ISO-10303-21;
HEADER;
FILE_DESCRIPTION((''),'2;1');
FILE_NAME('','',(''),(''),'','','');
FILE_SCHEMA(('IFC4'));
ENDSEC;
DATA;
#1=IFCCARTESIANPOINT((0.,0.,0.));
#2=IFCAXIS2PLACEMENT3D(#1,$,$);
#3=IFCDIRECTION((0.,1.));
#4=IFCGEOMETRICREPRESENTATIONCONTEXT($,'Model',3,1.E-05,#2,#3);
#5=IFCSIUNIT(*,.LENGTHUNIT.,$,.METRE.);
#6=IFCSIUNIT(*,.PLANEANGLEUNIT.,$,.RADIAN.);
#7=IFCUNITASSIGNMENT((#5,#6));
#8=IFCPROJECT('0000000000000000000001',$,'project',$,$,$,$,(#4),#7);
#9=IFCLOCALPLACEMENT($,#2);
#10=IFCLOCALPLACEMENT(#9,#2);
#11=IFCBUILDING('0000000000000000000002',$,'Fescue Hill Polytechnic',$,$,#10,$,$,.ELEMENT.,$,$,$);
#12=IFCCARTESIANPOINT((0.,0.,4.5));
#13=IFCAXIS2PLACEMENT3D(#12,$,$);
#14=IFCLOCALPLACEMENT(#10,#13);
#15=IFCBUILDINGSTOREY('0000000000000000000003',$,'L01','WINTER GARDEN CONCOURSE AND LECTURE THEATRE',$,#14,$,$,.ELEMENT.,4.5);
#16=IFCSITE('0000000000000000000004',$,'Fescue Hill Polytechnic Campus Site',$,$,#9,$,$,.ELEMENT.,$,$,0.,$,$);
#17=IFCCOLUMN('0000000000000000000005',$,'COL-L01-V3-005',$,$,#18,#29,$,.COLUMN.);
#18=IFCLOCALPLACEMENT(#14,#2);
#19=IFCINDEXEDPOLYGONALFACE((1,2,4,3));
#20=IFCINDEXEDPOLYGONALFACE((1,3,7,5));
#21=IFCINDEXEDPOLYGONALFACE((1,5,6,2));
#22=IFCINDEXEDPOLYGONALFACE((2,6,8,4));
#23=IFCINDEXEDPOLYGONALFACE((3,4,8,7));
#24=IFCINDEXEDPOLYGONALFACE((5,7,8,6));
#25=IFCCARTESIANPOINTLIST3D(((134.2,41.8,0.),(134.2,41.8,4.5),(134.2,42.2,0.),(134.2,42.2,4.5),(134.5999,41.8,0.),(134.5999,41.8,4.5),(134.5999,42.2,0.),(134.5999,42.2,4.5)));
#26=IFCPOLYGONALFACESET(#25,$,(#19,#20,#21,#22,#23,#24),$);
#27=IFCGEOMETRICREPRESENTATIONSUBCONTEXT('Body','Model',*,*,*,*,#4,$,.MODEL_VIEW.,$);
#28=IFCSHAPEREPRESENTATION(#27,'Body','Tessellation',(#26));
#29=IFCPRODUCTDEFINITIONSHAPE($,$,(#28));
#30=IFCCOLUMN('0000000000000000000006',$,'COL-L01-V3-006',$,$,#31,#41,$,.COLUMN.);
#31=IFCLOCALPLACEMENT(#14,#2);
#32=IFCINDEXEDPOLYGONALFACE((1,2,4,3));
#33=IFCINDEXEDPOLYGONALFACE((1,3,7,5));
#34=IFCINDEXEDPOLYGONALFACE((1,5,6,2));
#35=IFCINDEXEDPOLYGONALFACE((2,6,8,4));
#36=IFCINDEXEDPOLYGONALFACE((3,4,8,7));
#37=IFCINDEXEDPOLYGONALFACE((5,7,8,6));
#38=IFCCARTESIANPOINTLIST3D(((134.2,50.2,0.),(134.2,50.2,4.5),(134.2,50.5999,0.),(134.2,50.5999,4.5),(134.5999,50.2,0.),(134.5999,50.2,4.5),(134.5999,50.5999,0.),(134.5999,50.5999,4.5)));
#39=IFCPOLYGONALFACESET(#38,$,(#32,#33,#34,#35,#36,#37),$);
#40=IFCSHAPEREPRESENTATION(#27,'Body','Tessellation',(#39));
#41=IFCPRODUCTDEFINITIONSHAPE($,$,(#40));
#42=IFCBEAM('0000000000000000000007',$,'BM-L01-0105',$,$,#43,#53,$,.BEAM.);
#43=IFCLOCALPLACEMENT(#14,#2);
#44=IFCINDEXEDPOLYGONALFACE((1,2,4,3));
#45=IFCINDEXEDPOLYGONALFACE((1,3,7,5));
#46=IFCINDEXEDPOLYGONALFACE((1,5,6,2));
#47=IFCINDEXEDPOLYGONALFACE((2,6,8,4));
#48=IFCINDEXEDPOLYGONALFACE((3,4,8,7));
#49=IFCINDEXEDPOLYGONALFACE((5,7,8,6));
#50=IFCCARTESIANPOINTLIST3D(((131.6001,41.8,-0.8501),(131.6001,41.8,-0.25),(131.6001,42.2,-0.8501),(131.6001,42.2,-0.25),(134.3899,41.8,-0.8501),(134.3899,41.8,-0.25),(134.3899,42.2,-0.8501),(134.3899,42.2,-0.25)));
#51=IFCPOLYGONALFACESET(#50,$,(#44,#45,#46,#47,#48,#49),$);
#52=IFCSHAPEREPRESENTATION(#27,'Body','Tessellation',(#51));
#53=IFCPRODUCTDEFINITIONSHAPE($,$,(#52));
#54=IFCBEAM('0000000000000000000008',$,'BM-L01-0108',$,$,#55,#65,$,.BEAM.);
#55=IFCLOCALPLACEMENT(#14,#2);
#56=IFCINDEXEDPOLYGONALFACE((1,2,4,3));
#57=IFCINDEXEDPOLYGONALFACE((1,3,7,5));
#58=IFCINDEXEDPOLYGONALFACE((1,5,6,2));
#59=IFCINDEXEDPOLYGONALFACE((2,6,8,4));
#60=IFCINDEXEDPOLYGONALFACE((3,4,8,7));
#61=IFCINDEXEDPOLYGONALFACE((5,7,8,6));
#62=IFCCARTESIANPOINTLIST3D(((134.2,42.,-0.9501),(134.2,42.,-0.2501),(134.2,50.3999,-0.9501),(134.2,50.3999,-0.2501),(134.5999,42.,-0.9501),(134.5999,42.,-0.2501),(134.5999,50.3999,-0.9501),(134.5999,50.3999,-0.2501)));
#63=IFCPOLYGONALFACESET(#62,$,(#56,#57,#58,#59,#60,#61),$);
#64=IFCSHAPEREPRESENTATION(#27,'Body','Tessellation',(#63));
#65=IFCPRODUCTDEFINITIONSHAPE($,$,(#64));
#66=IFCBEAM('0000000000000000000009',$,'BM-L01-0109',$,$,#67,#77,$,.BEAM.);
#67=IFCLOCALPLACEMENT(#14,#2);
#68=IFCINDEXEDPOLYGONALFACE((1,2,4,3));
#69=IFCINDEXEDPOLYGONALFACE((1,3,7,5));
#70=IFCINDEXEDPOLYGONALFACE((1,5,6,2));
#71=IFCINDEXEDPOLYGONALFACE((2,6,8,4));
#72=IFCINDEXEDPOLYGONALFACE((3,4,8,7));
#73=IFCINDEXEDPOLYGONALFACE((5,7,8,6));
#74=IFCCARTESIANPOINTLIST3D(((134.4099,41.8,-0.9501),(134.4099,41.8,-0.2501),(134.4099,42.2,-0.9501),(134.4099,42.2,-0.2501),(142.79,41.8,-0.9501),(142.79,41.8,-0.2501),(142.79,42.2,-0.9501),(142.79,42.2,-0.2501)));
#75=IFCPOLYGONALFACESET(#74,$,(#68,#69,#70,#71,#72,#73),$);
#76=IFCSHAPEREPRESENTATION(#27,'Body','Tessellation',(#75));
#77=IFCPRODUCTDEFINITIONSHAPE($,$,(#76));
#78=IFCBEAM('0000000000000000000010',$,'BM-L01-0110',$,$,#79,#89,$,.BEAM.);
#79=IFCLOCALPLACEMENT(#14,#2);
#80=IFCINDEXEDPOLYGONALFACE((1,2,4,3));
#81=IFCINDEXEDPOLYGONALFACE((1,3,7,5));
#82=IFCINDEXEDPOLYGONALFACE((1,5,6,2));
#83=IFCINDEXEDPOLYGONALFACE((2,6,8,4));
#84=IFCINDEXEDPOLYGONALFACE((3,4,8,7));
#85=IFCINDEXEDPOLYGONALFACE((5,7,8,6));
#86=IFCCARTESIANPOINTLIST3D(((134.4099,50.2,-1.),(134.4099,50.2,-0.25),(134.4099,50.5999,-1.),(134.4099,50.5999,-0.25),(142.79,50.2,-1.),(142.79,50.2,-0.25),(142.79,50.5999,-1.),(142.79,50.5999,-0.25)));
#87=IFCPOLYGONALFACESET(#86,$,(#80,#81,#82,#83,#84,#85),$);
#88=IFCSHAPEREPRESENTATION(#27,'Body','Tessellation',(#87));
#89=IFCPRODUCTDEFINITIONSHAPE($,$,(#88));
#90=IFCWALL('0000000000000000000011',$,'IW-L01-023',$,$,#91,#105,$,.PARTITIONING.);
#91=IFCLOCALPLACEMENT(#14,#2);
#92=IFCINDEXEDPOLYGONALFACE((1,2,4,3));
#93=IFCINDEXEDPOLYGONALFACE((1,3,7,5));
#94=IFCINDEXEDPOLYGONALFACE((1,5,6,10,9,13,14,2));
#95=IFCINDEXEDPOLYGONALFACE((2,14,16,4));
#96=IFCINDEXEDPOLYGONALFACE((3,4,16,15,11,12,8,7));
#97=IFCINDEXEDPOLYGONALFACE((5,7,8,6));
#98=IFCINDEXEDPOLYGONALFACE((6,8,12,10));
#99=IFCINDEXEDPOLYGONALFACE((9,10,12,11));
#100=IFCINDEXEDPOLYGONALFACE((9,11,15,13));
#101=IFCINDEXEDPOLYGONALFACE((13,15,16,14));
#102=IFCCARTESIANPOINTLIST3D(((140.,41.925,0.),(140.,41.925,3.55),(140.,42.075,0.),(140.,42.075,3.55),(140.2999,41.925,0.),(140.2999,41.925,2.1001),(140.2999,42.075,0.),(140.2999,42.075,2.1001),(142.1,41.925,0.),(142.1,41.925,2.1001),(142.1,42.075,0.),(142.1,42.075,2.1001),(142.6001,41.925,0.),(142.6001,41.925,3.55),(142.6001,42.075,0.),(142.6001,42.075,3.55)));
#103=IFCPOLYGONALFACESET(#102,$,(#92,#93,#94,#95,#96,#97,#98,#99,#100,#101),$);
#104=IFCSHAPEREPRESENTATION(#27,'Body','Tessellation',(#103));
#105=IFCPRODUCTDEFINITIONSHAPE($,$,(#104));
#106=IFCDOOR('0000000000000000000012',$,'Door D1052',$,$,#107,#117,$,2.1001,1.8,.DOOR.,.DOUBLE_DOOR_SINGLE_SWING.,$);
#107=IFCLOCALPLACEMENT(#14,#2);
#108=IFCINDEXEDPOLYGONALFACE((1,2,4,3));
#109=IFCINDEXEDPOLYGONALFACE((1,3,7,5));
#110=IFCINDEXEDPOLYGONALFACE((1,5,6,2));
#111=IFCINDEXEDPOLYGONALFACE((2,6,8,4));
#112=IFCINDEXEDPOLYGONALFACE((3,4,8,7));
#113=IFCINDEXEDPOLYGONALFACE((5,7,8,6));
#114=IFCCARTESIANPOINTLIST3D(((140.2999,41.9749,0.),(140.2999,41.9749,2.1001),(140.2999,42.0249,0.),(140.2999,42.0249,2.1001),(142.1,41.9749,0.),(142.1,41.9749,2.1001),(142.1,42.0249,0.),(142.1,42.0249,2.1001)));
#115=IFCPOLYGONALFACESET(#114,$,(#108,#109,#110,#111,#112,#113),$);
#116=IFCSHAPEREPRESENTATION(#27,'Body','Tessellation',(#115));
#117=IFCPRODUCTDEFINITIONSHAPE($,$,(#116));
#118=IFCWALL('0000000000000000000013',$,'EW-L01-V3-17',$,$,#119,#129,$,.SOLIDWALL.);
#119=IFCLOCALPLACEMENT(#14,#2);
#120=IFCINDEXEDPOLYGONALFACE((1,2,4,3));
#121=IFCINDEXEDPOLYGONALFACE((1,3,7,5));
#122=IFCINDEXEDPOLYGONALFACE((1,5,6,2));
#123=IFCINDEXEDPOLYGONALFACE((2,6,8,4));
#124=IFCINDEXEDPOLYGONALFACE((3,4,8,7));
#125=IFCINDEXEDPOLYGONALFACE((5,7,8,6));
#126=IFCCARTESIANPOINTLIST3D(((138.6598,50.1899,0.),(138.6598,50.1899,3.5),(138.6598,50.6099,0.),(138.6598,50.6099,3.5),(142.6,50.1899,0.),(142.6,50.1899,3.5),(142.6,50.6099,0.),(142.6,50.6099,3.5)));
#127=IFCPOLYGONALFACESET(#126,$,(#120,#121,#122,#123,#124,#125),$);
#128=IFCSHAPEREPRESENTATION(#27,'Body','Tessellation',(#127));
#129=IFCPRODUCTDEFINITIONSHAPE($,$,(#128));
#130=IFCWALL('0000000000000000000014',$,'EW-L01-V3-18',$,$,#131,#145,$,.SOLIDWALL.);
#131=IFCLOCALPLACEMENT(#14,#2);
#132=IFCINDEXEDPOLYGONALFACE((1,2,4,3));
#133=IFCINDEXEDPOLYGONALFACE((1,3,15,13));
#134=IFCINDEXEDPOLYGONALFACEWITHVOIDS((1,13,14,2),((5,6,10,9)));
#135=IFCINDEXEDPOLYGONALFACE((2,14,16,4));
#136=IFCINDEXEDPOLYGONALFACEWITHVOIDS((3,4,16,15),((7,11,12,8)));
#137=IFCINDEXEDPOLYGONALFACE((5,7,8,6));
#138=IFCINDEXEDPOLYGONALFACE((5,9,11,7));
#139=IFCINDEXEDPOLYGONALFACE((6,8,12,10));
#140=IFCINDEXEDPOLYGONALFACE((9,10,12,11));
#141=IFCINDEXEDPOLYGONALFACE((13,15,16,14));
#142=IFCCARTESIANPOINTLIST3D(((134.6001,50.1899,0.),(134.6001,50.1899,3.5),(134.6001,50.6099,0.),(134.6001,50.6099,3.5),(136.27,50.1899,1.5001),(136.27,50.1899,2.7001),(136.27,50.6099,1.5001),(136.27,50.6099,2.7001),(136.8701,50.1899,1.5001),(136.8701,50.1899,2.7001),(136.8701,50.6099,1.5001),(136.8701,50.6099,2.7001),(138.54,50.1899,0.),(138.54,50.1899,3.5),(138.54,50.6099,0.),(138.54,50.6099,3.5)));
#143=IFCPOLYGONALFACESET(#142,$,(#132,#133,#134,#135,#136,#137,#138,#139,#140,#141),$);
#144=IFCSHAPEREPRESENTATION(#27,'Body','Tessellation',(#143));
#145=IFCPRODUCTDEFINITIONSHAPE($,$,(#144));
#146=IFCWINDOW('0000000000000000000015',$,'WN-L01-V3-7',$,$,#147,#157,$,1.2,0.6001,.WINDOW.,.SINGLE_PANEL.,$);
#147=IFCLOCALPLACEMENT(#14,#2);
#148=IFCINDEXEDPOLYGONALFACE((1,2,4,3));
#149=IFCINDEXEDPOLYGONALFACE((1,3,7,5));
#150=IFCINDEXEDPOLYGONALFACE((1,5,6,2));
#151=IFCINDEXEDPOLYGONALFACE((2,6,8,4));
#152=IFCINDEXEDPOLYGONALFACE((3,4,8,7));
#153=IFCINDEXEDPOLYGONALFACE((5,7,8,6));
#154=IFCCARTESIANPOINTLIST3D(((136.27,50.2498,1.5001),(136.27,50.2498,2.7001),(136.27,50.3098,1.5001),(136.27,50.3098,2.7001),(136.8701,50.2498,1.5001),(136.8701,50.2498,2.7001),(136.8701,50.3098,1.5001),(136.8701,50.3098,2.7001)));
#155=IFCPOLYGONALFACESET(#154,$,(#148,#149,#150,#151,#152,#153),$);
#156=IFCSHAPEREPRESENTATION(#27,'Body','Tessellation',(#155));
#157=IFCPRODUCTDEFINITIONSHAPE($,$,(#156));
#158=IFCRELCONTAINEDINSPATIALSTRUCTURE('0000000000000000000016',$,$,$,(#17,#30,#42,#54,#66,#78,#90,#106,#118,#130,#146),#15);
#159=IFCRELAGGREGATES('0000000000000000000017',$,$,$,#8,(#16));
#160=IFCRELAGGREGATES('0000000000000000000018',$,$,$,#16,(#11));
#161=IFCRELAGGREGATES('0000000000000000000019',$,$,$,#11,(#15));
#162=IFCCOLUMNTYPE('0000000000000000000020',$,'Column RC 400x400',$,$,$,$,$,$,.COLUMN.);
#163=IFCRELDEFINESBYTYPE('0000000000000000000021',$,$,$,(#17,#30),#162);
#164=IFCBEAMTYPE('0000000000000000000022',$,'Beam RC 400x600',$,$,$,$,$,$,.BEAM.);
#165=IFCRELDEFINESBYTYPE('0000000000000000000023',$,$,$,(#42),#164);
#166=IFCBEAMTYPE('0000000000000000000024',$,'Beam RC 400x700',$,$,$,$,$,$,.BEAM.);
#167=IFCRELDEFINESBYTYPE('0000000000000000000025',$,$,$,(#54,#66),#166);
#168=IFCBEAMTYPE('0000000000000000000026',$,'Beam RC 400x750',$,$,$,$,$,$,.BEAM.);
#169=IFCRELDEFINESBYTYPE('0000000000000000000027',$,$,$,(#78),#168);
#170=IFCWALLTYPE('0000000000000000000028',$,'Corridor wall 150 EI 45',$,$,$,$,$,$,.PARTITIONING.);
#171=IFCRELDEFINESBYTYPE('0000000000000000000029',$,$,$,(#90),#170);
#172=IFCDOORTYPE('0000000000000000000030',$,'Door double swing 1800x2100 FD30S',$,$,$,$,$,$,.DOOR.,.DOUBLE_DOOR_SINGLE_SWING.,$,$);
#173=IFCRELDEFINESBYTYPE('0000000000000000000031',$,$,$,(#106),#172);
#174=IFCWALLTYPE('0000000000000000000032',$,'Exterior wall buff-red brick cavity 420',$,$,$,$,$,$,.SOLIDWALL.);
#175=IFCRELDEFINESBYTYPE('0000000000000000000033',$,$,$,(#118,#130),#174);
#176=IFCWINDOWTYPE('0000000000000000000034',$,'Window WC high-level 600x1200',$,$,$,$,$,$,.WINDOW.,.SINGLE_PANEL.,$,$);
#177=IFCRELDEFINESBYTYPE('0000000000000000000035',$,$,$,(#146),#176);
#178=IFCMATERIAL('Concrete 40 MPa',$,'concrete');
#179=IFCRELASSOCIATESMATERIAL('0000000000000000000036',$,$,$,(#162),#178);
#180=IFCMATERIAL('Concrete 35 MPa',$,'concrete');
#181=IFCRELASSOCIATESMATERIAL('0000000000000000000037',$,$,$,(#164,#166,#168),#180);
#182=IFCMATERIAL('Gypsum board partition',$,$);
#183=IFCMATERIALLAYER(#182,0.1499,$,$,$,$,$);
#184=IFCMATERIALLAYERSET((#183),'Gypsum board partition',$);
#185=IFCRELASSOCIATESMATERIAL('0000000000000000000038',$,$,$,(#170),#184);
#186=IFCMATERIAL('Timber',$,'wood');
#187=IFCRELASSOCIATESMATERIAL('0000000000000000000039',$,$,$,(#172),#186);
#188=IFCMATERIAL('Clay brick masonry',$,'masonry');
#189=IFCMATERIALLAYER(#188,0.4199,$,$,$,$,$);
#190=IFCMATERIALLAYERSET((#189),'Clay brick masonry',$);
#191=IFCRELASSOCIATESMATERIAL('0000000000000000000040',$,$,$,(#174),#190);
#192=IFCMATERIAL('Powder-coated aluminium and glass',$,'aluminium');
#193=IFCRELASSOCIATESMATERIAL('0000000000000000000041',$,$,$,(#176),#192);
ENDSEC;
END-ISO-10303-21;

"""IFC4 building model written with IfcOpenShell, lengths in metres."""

from ifc_helpers import new_model, si_unit, direction, frame, frame_2d, origin, origin_2d, place, context, subcontext, project, spatial, rectangle, extrude, material, layer, layer_set, material_profile, profile_set, type_object, element, fill, save


model = new_model("IFC4")

# Units and contexts
model_context = context("Model", 3, precision=1e-05, world=origin(), true_north=direction((0.0, 1.0)))
body_context = subcontext(model_context, "Body", "Model", "MODEL_VIEW")
ifc_project = project(units=[si_unit("LENGTHUNIT", "METRE"), si_unit("PLANEANGLEUNIT", "RADIAN")], contexts=[model_context])

# Site, building, storey
site_placement = place(None, origin())
site = spatial("IfcSite", under=ifc_project, at=site_placement, Name="Fescue Hill Polytechnic Campus Site", CompositionType="ELEMENT", RefElevation=0.0)
building_placement = place(site_placement, origin())
building = spatial("IfcBuilding", under=site, at=building_placement, Name="Fescue Hill Polytechnic", CompositionType="ELEMENT")
storey_placement = place(building_placement, frame((0.0, 0.0, 4.5)))
storey = spatial("IfcBuildingStorey", under=building, at=storey_placement, Name="L01", Description="WINTER GARDEN CONCOURSE AND LECTURE THEATRE", CompositionType="ELEMENT", Elevation=4.5)

# Columns
ifc_material_1 = material(Name="Concrete 40 MPa", Category="concrete")
ifc_material_profile_1 = material_profile(ifc_material_1, rectangle(XDim=0.3999, YDim=0.3999, at=origin_2d()), Name="RC 400x400")
ifc_profile_set_1 = profile_set([ifc_material_profile_1], Name="Concrete 40 MPa")
column_type = type_object("IfcColumnType", Name="Column RC 400x400", PredefinedType="COLUMN", material=ifc_profile_set_1)
for number, where, z_axis, x_axis, name in (
    (1, (134.3999, 42.0, 0.0), (0.0, 0.0, 1.0), (1.0, 0.0, 0.0), "COL-L01-V3-005"),
    (2, (134.3999, 50.3999, 0.0), (0.0, 0.0, 1.0), (1.0, 0.0, 0.0), "COL-L01-V3-006"),
):
    element("IfcColumn", number, at=place(storey_placement, frame(where, z_axis=z_axis, x_axis=x_axis)), inside=storey, type_object=column_type, Name=name, PredefinedType="COLUMN", context=body_context, shape_type="SweptSolid", body=[
        extrude(rectangle(XDim=0.3999, YDim=0.3999, at=origin_2d()), origin(), (0.0, 0.0, 1.0), 4.5),
    ])

# Beams
ifc_material_2 = material(Name="Concrete 35 MPa", Category="concrete")
ifc_material_profile_2 = material_profile(ifc_material_2, rectangle(XDim=0.3999, YDim=0.6001, at=origin_2d()), Name="RC 400x600")
ifc_profile_set_2 = profile_set([ifc_material_profile_2], Name="Concrete 35 MPa")
beam_type_1 = type_object("IfcBeamType", Name="Beam RC 400x600", PredefinedType="BEAM", material=ifc_profile_set_2)
beam_1_placement = place(storey_placement, frame((131.6001, 42.0, -0.55), z_axis=(1.0, 0.0, 0.0), x_axis=(0.0, 1.0, 0.0)))
element("IfcBeam", 3, at=beam_1_placement, inside=storey, type_object=beam_type_1, Name="BM-L01-0105", PredefinedType="BEAM", context=body_context, shape_type="SweptSolid", body=[
    extrude(rectangle(XDim=0.3999, YDim=0.6001, at=origin_2d()), origin(), (0.0, 0.0, 1.0), 2.7898),
])
ifc_material_profile_3 = material_profile(ifc_material_2, rectangle(XDim=0.3999, YDim=0.7, at=origin_2d()), Name="RC 400x700")
ifc_profile_set_3 = profile_set([ifc_material_profile_3], Name="Concrete 35 MPa")
beam_type_2 = type_object("IfcBeamType", Name="Beam RC 400x700", PredefinedType="BEAM", material=ifc_profile_set_3)
beam_2_placement = place(storey_placement, frame((134.3999, 42.0, -0.6001), z_axis=(0.0, 1.0, 0.0), x_axis=(-1.0, 0.0, 0.0)))
element("IfcBeam", 4, at=beam_2_placement, inside=storey, type_object=beam_type_2, Name="BM-L01-0108", PredefinedType="BEAM", context=body_context, shape_type="SweptSolid", body=[
    extrude(rectangle(XDim=0.3999, YDim=0.7, at=origin_2d()), origin(), (0.0, 0.0, 1.0), 8.3999),
])
beam_3_placement = place(storey_placement, frame((134.4099, 42.0, -0.6001), z_axis=(1.0, 0.0, 0.0), x_axis=(0.0, 1.0, 0.0)))
element("IfcBeam", 5, at=beam_3_placement, inside=storey, type_object=beam_type_2, Name="BM-L01-0109", PredefinedType="BEAM", context=body_context, shape_type="SweptSolid", body=[
    extrude(rectangle(XDim=0.3999, YDim=0.7, at=origin_2d()), origin(), (0.0, 0.0, 1.0), 8.3801),
])
ifc_material_profile_4 = material_profile(ifc_material_2, rectangle(XDim=0.3999, YDim=0.75, at=origin_2d()), Name="RC 400x750")
ifc_profile_set_4 = profile_set([ifc_material_profile_4], Name="Concrete 35 MPa")
beam_type_3 = type_object("IfcBeamType", Name="Beam RC 400x750", PredefinedType="BEAM", material=ifc_profile_set_4)
beam_4_placement = place(storey_placement, frame((134.4099, 50.3999, -0.625), z_axis=(1.0, 0.0, 0.0), x_axis=(0.0, 1.0, 0.0)))
element("IfcBeam", 6, at=beam_4_placement, inside=storey, type_object=beam_type_3, Name="BM-L01-0110", PredefinedType="BEAM", context=body_context, shape_type="SweptSolid", body=[
    extrude(rectangle(XDim=0.3999, YDim=0.75, at=origin_2d()), origin(), (0.0, 0.0, 1.0), 8.3801),
])

# Wall, opening, door
ifc_material_3 = material(Name="Gypsum board partition")
ifc_layer_1 = layer(ifc_material_3, 0.1499)
ifc_layer_set_1 = layer_set([ifc_layer_1], Name="Gypsum board partition")
wall_type_1 = type_object("IfcWallType", Name="Corridor wall 150 EI 45", PredefinedType="PARTITIONING", material=ifc_layer_set_1)
wall_1_placement = place(storey_placement, frame((140.0, 42.0, 0.0), z_axis=(0.0, 0.0, 1.0), x_axis=(1.0, 0.0, 0.0)))
wall_1 = element("IfcWall", 7, at=wall_1_placement, inside=storey, type_object=wall_type_1, Name="IW-L01-023", PredefinedType="PARTITIONING", context=body_context, shape_type="SweptSolid", body=[
    extrude(rectangle(XDim=2.6001, YDim=0.1499, at=frame_2d((1.3, 0.0))), origin(), (0.0, 0.0, 1.0), 3.55),
])
opening_1_placement = place(wall_1_placement, frame((0.3, 0.0, 0.0)))
opening_1 = element("IfcOpeningElement", 8, at=opening_1_placement, cuts=wall_1, PredefinedType="OPENING", context=body_context, shape_type="SweptSolid", body=[
    extrude(rectangle(XDim=1.8, YDim=2.1001, at=frame_2d((0.8999, 1.05))), frame((0.0, 0.085, 0.0), z_axis=(0.0, -1.0, 0.0), x_axis=(1.0, 0.0, 0.0)), (0.0, 0.0, 1.0), 0.1699),
])
ifc_material_4 = material(Name="Timber", Category="wood")
door_type_1 = type_object("IfcDoorType", Name="Door double swing 1800x2100 FD30S", OperationType="DOUBLE_DOOR_SINGLE_SWING", PredefinedType="DOOR", material=ifc_material_4)
door_1_placement = place(opening_1_placement, origin())
door_1 = element("IfcDoor", 9, at=door_1_placement, inside=storey, type_object=door_type_1, Name="Door D1052", OperationType="DOUBLE_DOOR_SINGLE_SWING", OverallHeight=2.1001, OverallWidth=1.8, PredefinedType="DOOR", context=body_context, shape_type="SweptSolid", body=[
    extrude(rectangle(XDim=1.8, YDim=2.1001, at=frame_2d((0.8999, 1.05))), frame((0.0, 0.0249, 0.0), z_axis=(0.0, -1.0, 0.0), x_axis=(1.0, 0.0, 0.0)), (0.0, 0.0, 1.0), 0.05),
])
fill(opening_1, door_1)

# Wall
ifc_material_5 = material(Name="Clay brick masonry", Category="masonry")
ifc_layer_2 = layer(ifc_material_5, 0.4199)
ifc_layer_set_2 = layer_set([ifc_layer_2], Name="Clay brick masonry")
wall_type_2 = type_object("IfcWallType", Name="Exterior wall buff-red brick cavity 420", PredefinedType="SOLIDWALL", material=ifc_layer_set_2)
wall_2_placement = place(storey_placement, frame((142.6001, 50.3999, 0.0), z_axis=(0.0, 0.0, 1.0), x_axis=(-1.0, 0.0, 0.0)))
element("IfcWall", 10, at=wall_2_placement, inside=storey, type_object=wall_type_2, Name="EW-L01-V3-17", PredefinedType="SOLIDWALL", context=body_context, shape_type="SweptSolid", body=[
    extrude(rectangle(XDim=3.9402, YDim=0.4199, at=frame_2d((1.9702, 0.0))), origin(), (0.0, 0.0, 1.0), 3.5),
])

# Wall, opening, window
wall_3_placement = place(storey_placement, frame((138.54, 50.3999, 0.0), z_axis=(0.0, 0.0, 1.0), x_axis=(-1.0, 0.0, 0.0)))
wall_3 = element("IfcWall", 11, at=wall_3_placement, inside=storey, type_object=wall_type_2, Name="EW-L01-V3-18", PredefinedType="SOLIDWALL", context=body_context, shape_type="SweptSolid", body=[
    extrude(rectangle(XDim=3.9399, YDim=0.4199, at=frame_2d((1.97, 0.0))), origin(), (0.0, 0.0, 1.0), 3.5),
])
opening_2_placement = place(wall_3_placement, frame((1.6699, 0.0, 1.5)))
opening_2 = element("IfcOpeningElement", 12, at=opening_2_placement, cuts=wall_3, PredefinedType="OPENING", context=body_context, shape_type="SweptSolid", body=[
    extrude(rectangle(XDim=0.6001, YDim=1.2, at=frame_2d((0.3, 0.6001))), frame((0.0, 0.22, 0.0), z_axis=(0.0, -1.0, 0.0), x_axis=(1.0, 0.0, 0.0)), (0.0, 0.0, 1.0), 0.4399),
])
ifc_material_6 = material(Name="Powder-coated aluminium and glass", Category="aluminium")
window_type = type_object("IfcWindowType", Name="Window WC high-level 600x1200", PartitioningType="SINGLE_PANEL", PredefinedType="WINDOW", material=ifc_material_6)
window_1_placement = place(opening_2_placement, origin())
window_1 = element("IfcWindow", 13, at=window_1_placement, inside=storey, type_object=window_type, Name="WN-L01-V3-7", OverallHeight=1.2, OverallWidth=0.6001, PartitioningType="SINGLE_PANEL", PredefinedType="WINDOW", context=body_context, shape_type="SweptSolid", body=[
    extrude(rectangle(XDim=0.6001, YDim=1.2, at=frame_2d((0.3, 0.6001))), frame((0.0, 0.1501, 0.0), z_axis=(0.0, -1.0, 0.0), x_axis=(1.0, 0.0, 0.0)), (0.0, 0.0, 1.0), 0.0601),
])
fill(opening_2, window_1)

save(model, "model.ifc")
